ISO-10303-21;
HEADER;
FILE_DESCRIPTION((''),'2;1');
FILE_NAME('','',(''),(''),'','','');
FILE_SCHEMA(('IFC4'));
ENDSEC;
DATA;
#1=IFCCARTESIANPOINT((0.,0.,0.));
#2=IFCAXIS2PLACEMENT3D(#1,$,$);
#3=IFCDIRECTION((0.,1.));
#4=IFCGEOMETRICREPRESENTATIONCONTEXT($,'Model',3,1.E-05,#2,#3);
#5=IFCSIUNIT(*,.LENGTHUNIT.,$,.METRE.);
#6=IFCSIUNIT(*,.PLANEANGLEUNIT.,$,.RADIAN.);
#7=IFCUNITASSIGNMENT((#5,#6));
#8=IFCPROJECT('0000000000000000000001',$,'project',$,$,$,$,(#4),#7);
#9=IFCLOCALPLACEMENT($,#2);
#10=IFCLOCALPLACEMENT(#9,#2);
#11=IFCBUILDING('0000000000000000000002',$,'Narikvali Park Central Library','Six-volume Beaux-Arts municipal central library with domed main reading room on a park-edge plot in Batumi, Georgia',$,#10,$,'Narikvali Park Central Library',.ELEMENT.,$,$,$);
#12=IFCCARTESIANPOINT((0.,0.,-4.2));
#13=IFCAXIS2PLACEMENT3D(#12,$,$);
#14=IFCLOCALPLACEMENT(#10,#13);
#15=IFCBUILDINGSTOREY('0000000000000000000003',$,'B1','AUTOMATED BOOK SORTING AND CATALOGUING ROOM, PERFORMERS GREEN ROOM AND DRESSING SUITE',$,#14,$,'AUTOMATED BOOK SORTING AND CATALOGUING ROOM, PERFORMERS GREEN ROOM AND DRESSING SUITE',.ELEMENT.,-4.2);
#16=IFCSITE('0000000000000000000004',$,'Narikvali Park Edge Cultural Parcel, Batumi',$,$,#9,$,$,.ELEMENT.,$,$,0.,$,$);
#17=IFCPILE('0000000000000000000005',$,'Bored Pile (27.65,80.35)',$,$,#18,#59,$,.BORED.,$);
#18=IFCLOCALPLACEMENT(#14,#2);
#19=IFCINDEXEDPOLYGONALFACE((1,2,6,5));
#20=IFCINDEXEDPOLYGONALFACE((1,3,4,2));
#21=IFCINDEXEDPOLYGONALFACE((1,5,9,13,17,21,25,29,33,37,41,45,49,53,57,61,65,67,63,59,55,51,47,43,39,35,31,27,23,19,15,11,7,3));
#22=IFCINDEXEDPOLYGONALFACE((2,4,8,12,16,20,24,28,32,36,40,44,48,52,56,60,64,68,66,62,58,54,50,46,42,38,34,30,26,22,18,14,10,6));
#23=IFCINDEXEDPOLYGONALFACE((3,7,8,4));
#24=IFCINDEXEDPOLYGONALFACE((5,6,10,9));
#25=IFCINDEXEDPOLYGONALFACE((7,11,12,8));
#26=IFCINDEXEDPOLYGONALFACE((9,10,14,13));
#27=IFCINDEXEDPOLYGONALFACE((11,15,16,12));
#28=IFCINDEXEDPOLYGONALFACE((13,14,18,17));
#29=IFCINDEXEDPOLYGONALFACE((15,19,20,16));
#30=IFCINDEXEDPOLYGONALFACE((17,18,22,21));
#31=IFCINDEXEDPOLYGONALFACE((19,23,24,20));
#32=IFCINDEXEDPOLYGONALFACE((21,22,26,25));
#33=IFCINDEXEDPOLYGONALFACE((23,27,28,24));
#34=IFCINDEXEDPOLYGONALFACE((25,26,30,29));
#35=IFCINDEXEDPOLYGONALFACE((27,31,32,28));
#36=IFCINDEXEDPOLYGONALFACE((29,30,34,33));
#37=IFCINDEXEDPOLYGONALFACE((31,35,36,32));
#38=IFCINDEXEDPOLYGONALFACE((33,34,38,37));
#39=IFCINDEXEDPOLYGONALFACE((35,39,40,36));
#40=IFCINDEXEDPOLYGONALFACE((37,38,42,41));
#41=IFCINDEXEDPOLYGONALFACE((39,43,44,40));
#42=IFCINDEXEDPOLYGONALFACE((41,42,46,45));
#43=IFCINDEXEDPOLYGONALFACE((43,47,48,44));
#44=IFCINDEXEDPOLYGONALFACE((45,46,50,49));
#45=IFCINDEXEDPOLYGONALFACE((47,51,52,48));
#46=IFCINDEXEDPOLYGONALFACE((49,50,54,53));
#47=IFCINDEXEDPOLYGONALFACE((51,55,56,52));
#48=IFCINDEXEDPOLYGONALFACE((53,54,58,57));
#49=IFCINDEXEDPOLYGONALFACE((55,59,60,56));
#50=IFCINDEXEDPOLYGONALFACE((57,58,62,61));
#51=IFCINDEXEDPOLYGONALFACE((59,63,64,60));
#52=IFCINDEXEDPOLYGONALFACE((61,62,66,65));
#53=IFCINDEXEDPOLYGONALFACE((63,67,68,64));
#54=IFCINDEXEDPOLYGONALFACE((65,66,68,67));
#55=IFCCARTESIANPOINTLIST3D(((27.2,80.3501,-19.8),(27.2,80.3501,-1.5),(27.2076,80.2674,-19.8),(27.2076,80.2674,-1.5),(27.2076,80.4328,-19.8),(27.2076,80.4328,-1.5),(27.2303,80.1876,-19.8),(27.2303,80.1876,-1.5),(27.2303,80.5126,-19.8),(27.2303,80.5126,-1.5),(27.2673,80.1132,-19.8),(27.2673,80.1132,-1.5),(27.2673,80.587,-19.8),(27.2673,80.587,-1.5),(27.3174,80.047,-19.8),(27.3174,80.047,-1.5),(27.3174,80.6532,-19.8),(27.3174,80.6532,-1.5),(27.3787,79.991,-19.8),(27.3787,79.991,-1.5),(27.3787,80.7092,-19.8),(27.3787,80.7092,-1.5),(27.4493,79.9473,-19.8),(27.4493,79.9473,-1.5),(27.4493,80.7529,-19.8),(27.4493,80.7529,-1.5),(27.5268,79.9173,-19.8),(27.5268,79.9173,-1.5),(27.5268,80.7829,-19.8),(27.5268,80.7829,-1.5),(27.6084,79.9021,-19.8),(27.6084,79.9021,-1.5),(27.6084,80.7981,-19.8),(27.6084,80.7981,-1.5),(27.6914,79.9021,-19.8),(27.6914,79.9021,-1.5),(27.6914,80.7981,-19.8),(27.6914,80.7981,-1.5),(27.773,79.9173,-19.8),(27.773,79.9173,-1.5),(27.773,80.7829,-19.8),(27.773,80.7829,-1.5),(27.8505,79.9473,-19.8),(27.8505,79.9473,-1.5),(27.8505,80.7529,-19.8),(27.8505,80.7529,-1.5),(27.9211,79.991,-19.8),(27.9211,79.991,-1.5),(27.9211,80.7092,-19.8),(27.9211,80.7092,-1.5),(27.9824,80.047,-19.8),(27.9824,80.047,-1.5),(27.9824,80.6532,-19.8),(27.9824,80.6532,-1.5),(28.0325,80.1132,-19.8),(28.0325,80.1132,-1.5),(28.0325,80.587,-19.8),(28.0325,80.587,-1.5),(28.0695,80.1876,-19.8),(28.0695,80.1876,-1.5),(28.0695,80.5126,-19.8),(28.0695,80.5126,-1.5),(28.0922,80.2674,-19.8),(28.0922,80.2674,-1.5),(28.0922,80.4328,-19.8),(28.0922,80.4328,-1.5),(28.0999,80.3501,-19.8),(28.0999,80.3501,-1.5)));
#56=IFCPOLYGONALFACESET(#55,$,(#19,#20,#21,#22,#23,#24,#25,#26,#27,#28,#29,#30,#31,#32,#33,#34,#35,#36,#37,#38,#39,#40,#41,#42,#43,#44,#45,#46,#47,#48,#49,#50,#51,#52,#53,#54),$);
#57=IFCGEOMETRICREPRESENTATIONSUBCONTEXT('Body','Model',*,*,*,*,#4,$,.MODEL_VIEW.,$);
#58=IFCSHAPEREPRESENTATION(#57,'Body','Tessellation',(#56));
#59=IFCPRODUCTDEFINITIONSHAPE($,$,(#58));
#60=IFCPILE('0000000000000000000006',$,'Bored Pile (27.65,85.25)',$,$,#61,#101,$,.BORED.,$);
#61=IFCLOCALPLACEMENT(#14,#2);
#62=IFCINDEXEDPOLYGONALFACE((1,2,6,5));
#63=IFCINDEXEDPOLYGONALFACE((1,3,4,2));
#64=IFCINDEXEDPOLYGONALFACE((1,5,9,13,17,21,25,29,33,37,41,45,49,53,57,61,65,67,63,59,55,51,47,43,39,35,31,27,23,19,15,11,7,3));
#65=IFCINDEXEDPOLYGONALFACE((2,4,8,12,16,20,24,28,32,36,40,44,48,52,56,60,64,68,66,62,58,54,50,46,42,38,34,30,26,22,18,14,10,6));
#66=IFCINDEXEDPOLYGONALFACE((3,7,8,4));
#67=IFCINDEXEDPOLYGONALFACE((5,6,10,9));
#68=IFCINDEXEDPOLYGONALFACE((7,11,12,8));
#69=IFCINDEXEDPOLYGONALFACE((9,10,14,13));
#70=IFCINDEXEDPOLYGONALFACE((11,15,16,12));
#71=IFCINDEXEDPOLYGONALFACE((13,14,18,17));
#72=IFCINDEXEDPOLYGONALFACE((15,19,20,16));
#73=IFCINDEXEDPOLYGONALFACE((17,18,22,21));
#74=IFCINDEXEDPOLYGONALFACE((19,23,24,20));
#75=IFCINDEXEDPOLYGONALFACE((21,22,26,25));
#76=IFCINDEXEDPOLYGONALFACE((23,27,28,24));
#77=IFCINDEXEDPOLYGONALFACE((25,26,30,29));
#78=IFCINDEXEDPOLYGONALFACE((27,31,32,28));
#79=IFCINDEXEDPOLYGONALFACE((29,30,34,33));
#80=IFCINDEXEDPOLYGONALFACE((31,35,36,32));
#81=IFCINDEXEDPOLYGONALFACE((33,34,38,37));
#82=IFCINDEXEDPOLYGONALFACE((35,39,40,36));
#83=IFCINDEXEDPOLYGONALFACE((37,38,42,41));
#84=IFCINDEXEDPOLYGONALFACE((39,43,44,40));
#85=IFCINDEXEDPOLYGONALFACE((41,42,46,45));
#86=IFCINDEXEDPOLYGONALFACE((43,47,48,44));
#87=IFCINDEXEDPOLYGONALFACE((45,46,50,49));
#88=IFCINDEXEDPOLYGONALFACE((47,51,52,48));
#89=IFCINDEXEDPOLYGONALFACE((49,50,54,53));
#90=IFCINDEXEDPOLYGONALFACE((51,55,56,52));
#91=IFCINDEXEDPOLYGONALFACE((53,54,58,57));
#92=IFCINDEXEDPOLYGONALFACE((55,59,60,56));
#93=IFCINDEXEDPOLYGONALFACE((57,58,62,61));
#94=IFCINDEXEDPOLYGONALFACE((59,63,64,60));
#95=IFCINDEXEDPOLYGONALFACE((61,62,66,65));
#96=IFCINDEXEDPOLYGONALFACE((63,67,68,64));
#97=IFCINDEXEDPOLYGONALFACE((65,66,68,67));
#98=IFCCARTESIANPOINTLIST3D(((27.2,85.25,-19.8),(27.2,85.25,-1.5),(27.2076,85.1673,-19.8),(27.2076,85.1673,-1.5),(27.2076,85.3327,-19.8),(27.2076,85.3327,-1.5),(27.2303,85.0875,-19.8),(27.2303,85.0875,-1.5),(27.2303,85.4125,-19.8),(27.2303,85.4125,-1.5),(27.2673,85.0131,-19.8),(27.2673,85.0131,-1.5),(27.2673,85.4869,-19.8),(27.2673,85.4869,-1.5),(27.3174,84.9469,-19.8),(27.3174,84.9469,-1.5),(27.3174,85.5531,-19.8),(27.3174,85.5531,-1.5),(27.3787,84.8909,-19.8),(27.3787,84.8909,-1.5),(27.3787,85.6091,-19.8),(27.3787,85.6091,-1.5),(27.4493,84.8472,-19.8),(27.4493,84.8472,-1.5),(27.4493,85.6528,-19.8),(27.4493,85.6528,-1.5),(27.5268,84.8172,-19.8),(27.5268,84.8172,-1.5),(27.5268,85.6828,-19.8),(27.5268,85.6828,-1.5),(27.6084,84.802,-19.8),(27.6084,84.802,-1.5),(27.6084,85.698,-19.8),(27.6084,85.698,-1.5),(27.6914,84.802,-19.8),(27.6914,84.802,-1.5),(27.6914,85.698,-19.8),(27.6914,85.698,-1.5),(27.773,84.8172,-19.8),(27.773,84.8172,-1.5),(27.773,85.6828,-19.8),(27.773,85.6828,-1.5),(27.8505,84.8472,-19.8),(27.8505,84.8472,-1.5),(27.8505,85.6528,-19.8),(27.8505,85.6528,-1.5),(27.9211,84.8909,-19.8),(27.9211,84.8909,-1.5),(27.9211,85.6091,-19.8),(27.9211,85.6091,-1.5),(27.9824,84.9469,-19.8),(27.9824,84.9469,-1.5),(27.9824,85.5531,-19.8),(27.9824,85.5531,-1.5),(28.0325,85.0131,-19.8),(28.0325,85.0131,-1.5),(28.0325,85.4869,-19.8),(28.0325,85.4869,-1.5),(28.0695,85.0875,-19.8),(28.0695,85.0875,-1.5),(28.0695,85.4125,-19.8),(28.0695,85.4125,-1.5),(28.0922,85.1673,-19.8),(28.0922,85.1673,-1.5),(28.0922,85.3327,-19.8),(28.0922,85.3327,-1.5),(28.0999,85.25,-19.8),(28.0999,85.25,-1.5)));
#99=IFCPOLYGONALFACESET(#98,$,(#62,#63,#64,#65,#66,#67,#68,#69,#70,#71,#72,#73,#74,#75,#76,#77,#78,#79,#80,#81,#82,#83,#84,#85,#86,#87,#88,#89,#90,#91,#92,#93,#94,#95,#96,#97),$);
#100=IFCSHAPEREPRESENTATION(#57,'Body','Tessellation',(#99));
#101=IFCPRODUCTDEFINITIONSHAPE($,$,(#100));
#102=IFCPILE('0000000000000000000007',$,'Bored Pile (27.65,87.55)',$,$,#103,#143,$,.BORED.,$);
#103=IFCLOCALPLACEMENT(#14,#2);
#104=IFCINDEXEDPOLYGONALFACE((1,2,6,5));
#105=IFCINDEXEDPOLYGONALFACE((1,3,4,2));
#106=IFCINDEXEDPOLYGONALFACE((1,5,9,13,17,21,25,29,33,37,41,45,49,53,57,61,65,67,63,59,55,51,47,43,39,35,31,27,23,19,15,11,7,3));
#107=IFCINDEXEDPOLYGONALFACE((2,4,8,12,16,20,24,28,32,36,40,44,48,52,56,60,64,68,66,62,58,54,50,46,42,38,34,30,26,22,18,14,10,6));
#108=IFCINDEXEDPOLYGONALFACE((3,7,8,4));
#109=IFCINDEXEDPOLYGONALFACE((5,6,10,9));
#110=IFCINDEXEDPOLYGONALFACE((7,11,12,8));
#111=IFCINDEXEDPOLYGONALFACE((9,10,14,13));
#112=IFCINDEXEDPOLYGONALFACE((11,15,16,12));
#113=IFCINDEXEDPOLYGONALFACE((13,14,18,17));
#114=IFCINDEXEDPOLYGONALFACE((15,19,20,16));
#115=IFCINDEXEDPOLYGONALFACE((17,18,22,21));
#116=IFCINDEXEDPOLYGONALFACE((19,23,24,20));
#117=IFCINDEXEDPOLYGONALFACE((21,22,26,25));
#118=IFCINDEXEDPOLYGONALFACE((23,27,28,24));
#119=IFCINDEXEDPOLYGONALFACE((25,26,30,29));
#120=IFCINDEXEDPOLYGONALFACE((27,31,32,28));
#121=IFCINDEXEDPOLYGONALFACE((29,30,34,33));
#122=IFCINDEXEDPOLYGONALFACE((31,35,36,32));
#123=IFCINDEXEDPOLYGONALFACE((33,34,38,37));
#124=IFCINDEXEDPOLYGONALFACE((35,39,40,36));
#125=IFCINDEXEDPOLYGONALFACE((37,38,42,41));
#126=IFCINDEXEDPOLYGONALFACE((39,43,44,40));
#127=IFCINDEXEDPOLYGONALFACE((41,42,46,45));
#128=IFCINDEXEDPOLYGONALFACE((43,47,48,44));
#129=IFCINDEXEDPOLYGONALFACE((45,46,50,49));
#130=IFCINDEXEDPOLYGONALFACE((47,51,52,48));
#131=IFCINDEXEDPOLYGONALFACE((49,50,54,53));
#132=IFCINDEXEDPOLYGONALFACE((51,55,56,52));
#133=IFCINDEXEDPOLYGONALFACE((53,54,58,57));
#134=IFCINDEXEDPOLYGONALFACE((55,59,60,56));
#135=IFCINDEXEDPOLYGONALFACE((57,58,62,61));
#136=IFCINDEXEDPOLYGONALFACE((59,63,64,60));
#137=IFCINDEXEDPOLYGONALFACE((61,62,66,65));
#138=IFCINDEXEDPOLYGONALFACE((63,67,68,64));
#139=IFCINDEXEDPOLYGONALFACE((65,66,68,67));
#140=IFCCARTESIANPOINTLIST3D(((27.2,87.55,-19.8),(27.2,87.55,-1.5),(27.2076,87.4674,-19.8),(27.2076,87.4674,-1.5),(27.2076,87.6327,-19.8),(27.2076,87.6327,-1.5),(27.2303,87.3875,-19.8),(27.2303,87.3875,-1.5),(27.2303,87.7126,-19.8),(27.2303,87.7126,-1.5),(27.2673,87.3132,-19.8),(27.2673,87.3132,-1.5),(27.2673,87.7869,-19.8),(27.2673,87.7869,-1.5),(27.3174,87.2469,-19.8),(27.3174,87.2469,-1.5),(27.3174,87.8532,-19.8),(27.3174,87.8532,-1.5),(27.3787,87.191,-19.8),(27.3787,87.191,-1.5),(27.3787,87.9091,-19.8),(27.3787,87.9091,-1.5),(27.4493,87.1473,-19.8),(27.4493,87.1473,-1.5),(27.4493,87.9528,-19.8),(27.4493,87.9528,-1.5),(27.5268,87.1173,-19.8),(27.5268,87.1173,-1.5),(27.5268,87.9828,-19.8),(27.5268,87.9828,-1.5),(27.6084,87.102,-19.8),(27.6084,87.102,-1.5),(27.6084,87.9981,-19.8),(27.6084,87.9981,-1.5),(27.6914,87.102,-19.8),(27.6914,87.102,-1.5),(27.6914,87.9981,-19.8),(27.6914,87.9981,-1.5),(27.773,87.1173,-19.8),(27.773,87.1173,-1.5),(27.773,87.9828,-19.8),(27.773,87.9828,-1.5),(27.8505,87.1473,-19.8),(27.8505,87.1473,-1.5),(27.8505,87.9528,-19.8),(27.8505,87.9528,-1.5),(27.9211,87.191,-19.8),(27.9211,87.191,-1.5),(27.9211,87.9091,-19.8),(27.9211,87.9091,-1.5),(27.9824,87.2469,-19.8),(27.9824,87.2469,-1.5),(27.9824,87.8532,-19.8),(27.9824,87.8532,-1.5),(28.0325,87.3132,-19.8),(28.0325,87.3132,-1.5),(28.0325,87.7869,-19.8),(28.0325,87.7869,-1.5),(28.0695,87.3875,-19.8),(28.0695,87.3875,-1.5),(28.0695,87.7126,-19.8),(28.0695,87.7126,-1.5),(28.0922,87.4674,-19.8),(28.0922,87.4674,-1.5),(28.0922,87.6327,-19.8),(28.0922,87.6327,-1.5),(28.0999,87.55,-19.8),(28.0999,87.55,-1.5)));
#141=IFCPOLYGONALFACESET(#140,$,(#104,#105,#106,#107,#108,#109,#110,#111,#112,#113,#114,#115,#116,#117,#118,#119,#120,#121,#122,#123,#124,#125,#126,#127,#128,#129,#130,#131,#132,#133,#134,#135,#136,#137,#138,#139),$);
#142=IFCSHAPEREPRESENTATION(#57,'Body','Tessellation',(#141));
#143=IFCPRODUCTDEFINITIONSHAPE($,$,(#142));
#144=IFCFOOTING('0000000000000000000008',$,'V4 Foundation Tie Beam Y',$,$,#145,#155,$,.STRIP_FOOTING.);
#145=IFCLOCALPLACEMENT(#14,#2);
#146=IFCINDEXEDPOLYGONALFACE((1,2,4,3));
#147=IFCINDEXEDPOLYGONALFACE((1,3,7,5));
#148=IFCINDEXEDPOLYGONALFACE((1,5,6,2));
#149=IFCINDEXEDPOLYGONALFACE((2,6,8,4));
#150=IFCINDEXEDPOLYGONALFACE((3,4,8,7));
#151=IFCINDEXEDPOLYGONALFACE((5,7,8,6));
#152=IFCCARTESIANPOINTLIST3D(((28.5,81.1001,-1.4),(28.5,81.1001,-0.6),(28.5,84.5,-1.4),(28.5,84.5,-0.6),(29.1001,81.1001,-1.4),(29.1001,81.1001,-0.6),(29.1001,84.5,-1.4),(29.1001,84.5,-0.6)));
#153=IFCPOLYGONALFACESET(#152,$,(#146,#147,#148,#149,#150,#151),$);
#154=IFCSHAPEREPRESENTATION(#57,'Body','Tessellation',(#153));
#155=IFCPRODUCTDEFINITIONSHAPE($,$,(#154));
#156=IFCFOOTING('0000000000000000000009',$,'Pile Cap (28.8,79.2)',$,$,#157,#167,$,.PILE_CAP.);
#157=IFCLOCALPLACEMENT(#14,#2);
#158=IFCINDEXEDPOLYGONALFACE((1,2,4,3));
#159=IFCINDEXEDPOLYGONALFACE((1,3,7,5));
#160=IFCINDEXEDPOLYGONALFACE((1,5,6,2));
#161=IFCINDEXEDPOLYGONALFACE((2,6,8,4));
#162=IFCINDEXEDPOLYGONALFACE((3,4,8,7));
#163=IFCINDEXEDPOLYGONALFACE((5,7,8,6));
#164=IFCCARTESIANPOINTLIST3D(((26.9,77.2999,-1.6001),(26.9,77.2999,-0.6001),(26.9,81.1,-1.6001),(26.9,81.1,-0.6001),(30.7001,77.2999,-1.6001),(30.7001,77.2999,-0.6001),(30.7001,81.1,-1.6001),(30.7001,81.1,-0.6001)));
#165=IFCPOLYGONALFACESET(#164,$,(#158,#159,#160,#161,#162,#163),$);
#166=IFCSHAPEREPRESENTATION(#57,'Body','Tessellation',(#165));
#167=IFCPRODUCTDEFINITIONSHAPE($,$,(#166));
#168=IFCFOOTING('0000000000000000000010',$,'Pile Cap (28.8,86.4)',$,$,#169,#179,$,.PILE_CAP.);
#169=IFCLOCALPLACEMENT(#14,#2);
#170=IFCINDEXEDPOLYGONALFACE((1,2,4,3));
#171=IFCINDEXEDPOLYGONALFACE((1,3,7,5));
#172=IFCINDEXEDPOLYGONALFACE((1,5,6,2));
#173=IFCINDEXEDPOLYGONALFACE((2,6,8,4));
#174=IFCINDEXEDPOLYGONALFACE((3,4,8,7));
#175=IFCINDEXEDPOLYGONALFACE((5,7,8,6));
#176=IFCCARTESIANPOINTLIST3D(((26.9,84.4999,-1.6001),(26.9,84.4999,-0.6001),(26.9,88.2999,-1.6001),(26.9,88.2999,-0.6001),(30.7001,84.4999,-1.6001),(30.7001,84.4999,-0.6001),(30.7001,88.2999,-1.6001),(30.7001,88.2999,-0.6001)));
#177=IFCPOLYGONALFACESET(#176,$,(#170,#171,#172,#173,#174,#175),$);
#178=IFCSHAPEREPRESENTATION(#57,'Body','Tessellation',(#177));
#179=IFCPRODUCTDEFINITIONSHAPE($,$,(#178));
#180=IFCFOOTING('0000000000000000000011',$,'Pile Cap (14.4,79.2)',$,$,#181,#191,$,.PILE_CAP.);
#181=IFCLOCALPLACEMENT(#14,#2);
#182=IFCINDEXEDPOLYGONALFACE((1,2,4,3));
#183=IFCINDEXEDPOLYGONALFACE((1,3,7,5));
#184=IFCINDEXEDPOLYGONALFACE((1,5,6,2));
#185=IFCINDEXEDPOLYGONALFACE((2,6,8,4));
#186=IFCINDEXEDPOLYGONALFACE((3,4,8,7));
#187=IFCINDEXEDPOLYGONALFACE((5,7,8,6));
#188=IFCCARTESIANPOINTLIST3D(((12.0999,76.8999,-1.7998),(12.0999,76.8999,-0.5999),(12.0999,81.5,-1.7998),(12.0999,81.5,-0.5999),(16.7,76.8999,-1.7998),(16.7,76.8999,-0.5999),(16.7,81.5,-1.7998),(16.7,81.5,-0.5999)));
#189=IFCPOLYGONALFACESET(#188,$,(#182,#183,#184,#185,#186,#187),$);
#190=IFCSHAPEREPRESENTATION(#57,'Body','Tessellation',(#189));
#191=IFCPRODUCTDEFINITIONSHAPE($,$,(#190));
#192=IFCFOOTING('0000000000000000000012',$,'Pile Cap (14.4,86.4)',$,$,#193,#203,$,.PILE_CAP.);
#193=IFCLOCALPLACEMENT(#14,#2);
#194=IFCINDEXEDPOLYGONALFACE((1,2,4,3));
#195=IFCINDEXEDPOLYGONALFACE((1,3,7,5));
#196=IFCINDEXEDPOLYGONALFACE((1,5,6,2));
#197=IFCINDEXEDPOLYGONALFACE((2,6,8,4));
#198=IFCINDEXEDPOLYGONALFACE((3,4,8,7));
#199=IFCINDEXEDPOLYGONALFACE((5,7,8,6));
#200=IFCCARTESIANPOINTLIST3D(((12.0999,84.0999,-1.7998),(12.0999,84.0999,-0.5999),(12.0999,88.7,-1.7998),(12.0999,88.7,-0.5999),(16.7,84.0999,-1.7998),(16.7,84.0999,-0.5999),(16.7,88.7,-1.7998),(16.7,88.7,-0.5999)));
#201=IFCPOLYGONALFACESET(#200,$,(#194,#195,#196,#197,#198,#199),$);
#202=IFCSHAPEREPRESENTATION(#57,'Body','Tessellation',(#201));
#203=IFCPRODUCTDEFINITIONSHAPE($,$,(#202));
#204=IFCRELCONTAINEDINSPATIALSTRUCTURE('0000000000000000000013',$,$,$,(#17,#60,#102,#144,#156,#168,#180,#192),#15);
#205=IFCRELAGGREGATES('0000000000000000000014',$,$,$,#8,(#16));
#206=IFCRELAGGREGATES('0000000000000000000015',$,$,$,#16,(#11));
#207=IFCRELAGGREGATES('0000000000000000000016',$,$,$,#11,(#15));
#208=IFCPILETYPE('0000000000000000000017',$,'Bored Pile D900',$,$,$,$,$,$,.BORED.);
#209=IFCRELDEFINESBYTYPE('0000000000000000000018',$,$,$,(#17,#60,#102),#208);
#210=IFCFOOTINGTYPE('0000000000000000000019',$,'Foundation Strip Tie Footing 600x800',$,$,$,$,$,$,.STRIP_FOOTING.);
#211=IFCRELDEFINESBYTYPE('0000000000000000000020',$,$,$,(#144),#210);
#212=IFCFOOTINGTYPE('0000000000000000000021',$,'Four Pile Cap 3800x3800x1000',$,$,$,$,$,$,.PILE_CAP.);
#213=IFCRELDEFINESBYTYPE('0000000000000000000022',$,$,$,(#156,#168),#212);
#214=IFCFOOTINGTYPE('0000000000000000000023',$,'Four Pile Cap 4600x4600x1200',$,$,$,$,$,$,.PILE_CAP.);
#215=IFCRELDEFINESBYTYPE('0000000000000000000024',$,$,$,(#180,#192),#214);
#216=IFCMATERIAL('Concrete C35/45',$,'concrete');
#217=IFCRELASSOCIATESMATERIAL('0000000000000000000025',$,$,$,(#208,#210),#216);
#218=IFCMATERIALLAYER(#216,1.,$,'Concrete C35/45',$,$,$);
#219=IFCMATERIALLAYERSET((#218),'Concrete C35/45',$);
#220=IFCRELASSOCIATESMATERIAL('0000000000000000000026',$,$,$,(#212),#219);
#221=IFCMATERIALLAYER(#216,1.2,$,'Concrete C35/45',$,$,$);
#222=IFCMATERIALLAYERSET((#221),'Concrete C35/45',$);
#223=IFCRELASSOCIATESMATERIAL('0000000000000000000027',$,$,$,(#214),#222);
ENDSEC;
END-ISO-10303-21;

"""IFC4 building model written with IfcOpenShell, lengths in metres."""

from ifc_helpers import new_model, si_unit, direction, frame, origin, origin_2d, place, context, subcontext, project, spatial, rectangle, circle, extrude, material, layer, layer_set, material_profile, profile_set, type_object, element, save


model = new_model("IFC4")

# Units and contexts
model_context = context("Model", 3, precision=1e-05, world=origin(), true_north=direction((0.0, 1.0)))
body_context = subcontext(model_context, "Body", "Model", "MODEL_VIEW")
ifc_project = project(units=[si_unit("LENGTHUNIT", "METRE"), si_unit("PLANEANGLEUNIT", "RADIAN")], contexts=[model_context])

# Site, building, storey
site_placement = place(None, origin())
site = spatial("IfcSite", under=ifc_project, at=site_placement, Name="Narikvali Park Edge Cultural Parcel, Batumi", CompositionType="ELEMENT", RefElevation=0.0)
building_placement = place(site_placement, origin())
building = spatial("IfcBuilding", under=site, at=building_placement, Name="Narikvali Park Central Library", Description="Six-volume Beaux-Arts municipal central library with domed main reading room on a park-edge plot in Batumi, Georgia", LongName="Narikvali Park Central Library", CompositionType="ELEMENT")
storey_placement = place(building_placement, frame((0.0, 0.0, -4.2)))
storey = spatial("IfcBuildingStorey", under=building, at=storey_placement, Name="B1", Description="AUTOMATED BOOK SORTING AND CATALOGUING ROOM, PERFORMERS GREEN ROOM AND DRESSING SUITE", LongName="AUTOMATED BOOK SORTING AND CATALOGUING ROOM, PERFORMERS GREEN ROOM AND DRESSING SUITE", CompositionType="ELEMENT", Elevation=-4.2)

# Piles
ifc_material_1 = material(Name="Concrete C35/45", Category="concrete")
ifc_material_profile_1 = material_profile(ifc_material_1, circle(Radius=0.45, at=origin_2d()), Name="PILE D900")
ifc_profile_set_1 = profile_set([ifc_material_profile_1], Name="Concrete C35/45")
pile_type_1 = type_object("IfcPileType", Name="Bored Pile D900", PredefinedType="BORED", material=ifc_profile_set_1)
for number, where, z_axis, x_axis, name in (
    (1, (27.6499, 80.3501, -1.5), (0.0, 0.0, -1.0), (1.0, 0.0, 0.0), "Bored Pile (27.65,80.35)"),
    (2, (27.6499, 85.25, -1.5), (0.0, 0.0, -1.0), (1.0, 0.0, 0.0), "Bored Pile (27.65,85.25)"),
    (3, (27.6499, 87.55, -1.5), (0.0, 0.0, -1.0), (1.0, 0.0, 0.0), "Bored Pile (27.65,87.55)"),
):
    element("IfcPile", number, at=place(storey_placement, frame(where, z_axis=z_axis, x_axis=x_axis)), inside=storey, type_object=pile_type_1, Name=name, PredefinedType="BORED", context=body_context, shape_type="SweptSolid", body=[
        extrude(circle(Radius=0.45, at=origin_2d()), origin(), (0.0, 0.0, 1.0), 18.3),
    ])

# Footings
ifc_material_profile_2 = material_profile(ifc_material_1, rectangle(XDim=0.6001, YDim=0.8, at=origin_2d()), Name="RC GB 600x800")
ifc_profile_set_2 = profile_set([ifc_material_profile_2], Name="Concrete C35/45")
footing_type_1 = type_object("IfcFootingType", Name="Foundation Strip Tie Footing 600x800", PredefinedType="STRIP_FOOTING", material=ifc_profile_set_2)
footing_1_placement = place(storey_placement, frame((28.8, 81.1001, -1.0), z_axis=(0.0, 1.0, 0.0), x_axis=(-1.0, 0.0, 0.0)))
element("IfcFooting", 4, at=footing_1_placement, inside=storey, type_object=footing_type_1, Name="V4 Foundation Tie Beam Y", PredefinedType="STRIP_FOOTING", context=body_context, shape_type="SweptSolid", body=[
    extrude(rectangle(XDim=0.6001, YDim=0.8, at=origin_2d()), origin(), (0.0, 0.0, 1.0), 3.3999),
])
ifc_layer_1 = layer(ifc_material_1, 1.0, Name="Concrete C35/45")
ifc_layer_set_1 = layer_set([ifc_layer_1], Name="Concrete C35/45")
footing_type_2 = type_object("IfcFootingType", Name="Four Pile Cap 3800x3800x1000", PredefinedType="PILE_CAP", material=ifc_layer_set_1)
for number, where, z_axis, x_axis, name in (
    (5, (28.8, 79.2, -1.6001), (0.0, 0.0, 1.0), (1.0, 0.0, 0.0), "Pile Cap (28.8,79.2)"),
    (6, (28.8, 86.3999, -1.6001), (0.0, 0.0, 1.0), (1.0, 0.0, 0.0), "Pile Cap (28.8,86.4)"),
):
    element("IfcFooting", number, at=place(storey_placement, frame(where, z_axis=z_axis, x_axis=x_axis)), inside=storey, type_object=footing_type_2, Name=name, PredefinedType="PILE_CAP", context=body_context, shape_type="SweptSolid", body=[
        extrude(rectangle(XDim=3.8, YDim=3.8, at=origin_2d()), origin(), (0.0, 0.0, 1.0), 1.0),
    ])
ifc_layer_2 = layer(ifc_material_1, 1.2, Name="Concrete C35/45")
ifc_layer_set_2 = layer_set([ifc_layer_2], Name="Concrete C35/45")
footing_type_3 = type_object("IfcFootingType", Name="Four Pile Cap 4600x4600x1200", PredefinedType="PILE_CAP", material=ifc_layer_set_2)
for number, where, z_axis, x_axis, name in (
    (7, (14.3999, 79.2, -1.7998), (0.0, 0.0, 1.0), (1.0, 0.0, 0.0), "Pile Cap (14.4,79.2)"),
    (8, (14.3999, 86.3999, -1.7998), (0.0, 0.0, 1.0), (1.0, 0.0, 0.0), "Pile Cap (14.4,86.4)"),
):
    element("IfcFooting", number, at=place(storey_placement, frame(where, z_axis=z_axis, x_axis=x_axis)), inside=storey, type_object=footing_type_3, Name=name, PredefinedType="PILE_CAP", context=body_context, shape_type="SweptSolid", body=[
        extrude(rectangle(XDim=4.6001, YDim=4.6001, at=origin_2d()), origin(), (0.0, 0.0, 1.0), 1.2),
    ])

save(model, "model.ifc")
